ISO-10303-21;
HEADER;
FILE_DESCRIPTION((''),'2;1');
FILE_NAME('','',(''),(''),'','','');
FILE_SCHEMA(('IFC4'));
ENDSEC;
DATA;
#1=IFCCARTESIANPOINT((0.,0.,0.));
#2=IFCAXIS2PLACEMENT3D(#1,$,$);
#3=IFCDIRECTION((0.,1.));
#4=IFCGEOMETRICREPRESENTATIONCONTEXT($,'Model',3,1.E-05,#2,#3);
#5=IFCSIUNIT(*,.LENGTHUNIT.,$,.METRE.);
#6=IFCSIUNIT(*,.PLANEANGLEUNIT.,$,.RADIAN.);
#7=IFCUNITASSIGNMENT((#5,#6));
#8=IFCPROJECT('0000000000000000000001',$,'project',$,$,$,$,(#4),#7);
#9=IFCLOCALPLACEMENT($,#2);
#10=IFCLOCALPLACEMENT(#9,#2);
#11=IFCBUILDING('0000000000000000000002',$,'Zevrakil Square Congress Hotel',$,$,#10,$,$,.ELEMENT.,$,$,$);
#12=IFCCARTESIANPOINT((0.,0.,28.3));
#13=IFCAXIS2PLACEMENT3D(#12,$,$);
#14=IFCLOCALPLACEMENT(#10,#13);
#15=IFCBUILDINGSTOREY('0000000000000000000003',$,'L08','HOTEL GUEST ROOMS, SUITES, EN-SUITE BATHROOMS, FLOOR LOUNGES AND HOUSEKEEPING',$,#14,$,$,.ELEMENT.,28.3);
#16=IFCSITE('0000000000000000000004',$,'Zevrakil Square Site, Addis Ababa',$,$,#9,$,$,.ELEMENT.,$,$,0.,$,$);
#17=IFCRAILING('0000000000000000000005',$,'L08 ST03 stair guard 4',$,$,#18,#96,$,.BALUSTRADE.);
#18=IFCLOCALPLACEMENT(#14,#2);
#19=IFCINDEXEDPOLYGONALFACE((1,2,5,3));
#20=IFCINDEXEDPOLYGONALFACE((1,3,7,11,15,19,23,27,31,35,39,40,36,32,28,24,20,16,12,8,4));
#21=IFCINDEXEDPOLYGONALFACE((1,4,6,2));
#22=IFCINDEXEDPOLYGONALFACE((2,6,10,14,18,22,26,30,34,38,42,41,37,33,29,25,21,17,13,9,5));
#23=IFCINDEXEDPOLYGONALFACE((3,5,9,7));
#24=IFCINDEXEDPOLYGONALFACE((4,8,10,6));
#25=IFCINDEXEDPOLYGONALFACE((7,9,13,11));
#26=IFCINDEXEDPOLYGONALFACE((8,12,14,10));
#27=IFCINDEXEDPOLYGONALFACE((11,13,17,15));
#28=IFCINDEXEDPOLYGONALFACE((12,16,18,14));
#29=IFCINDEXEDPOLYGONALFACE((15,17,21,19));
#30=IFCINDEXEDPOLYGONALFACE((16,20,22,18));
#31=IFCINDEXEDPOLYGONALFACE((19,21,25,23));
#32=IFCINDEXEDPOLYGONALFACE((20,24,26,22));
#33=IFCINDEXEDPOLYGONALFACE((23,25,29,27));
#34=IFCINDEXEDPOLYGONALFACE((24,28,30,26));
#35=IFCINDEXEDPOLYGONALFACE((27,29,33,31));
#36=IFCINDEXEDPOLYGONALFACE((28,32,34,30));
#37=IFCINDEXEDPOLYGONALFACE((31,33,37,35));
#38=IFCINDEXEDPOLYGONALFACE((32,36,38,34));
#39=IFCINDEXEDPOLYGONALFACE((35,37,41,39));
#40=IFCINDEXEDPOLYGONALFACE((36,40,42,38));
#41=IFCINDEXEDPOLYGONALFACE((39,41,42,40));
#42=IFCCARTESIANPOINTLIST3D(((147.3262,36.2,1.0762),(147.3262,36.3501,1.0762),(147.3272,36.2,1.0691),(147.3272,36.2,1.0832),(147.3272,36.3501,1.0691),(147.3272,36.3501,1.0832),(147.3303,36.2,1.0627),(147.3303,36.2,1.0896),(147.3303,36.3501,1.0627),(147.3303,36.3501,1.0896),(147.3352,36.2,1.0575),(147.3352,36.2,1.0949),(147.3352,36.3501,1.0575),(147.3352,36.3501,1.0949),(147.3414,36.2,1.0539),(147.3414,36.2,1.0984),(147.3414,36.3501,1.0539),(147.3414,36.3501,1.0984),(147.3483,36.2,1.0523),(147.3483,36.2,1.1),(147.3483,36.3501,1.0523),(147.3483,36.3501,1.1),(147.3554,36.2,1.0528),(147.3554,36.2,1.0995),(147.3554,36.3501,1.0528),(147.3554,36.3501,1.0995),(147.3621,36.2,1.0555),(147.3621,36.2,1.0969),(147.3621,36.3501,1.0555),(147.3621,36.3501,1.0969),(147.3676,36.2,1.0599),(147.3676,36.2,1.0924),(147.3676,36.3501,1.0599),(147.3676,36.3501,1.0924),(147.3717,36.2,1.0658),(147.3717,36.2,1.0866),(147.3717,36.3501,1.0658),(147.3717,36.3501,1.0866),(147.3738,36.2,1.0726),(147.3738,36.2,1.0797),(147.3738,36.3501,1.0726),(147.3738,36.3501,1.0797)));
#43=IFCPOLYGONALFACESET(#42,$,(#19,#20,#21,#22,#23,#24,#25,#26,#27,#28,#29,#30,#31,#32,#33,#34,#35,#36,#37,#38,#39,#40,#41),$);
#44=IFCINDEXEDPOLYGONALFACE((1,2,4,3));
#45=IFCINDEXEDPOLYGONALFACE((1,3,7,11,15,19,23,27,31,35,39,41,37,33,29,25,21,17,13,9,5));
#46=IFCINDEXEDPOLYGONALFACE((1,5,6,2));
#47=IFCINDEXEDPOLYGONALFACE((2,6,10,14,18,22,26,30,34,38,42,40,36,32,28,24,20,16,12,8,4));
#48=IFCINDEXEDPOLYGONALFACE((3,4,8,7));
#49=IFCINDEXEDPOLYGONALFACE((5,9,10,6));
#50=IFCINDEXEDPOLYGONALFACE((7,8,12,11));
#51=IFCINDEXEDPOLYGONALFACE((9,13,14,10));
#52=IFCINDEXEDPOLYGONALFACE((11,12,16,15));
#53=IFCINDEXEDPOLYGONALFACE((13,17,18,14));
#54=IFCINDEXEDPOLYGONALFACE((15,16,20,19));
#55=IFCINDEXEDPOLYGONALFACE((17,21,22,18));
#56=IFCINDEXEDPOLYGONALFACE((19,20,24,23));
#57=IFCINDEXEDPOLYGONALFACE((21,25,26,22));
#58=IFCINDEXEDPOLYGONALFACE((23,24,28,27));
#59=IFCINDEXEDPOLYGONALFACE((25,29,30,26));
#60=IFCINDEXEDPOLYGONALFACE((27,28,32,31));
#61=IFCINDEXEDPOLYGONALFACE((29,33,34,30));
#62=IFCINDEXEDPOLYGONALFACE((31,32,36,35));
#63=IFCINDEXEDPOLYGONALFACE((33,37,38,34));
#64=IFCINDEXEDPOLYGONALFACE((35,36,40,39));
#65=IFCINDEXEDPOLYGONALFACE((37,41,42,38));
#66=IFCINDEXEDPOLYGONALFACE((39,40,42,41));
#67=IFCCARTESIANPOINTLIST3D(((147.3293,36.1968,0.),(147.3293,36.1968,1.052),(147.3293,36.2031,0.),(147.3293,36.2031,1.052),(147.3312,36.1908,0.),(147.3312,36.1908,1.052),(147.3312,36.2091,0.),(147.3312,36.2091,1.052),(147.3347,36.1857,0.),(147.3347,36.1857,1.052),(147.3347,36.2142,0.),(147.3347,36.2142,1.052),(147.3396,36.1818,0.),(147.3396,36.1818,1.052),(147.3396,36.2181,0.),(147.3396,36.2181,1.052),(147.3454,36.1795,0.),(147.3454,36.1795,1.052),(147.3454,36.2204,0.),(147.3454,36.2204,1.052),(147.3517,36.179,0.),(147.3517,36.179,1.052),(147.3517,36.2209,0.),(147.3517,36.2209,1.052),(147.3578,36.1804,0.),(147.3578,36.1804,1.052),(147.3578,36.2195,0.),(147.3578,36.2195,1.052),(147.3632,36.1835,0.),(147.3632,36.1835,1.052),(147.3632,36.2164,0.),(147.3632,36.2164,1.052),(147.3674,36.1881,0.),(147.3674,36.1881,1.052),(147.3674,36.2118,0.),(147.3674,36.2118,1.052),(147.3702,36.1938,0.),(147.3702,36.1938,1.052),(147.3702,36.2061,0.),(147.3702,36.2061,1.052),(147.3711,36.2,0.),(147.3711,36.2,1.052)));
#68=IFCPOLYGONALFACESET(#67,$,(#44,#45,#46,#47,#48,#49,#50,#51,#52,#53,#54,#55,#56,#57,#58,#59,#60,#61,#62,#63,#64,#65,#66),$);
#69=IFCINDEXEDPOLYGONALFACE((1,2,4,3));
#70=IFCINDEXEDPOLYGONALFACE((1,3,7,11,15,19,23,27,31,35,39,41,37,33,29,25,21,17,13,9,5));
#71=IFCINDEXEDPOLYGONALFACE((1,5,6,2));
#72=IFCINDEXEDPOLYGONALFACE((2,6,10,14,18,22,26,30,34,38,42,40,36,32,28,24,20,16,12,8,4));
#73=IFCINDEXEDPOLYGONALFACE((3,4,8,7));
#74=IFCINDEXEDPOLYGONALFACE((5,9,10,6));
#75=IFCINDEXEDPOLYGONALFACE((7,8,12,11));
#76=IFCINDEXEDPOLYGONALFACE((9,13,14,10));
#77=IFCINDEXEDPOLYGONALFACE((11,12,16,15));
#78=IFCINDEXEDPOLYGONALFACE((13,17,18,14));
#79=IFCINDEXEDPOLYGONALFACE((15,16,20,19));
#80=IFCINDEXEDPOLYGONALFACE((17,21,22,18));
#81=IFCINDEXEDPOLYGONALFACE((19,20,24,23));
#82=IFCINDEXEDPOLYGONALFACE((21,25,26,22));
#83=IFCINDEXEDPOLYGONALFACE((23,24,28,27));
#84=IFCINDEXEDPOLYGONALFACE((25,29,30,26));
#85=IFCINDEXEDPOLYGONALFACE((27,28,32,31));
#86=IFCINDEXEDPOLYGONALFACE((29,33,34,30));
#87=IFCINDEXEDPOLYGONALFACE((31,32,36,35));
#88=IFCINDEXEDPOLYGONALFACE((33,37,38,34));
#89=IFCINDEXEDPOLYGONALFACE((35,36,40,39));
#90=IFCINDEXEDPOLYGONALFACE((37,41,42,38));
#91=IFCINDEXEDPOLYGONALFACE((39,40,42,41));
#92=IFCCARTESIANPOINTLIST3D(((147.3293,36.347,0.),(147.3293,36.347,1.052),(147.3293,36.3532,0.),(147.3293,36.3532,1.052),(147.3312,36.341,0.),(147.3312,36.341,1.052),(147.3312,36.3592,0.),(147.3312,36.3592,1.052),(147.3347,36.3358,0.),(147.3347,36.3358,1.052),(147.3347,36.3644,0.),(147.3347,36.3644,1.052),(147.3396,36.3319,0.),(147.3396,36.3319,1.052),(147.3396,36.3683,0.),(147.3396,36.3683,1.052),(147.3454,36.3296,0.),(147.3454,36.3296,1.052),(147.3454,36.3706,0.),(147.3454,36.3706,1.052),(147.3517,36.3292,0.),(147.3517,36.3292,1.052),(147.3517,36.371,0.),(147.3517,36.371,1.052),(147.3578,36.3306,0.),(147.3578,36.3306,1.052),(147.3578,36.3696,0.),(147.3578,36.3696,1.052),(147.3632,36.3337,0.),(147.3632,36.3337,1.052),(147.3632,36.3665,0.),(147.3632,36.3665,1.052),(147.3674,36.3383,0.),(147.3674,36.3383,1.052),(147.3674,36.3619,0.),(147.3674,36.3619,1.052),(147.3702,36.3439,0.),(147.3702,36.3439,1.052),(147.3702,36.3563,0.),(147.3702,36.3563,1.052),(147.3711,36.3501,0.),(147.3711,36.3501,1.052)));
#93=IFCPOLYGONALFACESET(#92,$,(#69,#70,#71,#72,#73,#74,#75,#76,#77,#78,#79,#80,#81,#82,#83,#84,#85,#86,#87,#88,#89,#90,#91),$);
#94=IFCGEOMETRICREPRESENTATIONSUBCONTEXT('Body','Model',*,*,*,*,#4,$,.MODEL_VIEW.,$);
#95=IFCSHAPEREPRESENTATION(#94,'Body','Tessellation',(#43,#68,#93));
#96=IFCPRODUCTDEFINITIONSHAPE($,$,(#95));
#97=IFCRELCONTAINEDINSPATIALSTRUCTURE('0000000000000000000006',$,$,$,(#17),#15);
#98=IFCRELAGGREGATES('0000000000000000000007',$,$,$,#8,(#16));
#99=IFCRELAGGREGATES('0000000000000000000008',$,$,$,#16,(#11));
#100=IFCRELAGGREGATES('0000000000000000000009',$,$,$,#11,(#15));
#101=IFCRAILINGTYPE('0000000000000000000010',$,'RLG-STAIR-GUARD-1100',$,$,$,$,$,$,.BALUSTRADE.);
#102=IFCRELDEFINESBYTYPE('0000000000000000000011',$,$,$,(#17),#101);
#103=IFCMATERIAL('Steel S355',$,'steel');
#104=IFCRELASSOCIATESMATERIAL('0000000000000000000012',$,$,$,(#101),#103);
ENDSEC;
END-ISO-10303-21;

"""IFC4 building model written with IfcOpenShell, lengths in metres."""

from ifc_helpers import new_model, si_unit, direction, frame, origin, origin_2d, place, context, subcontext, project, spatial, circle, extrude, material, type_object, element, save


model = new_model("IFC4")

# Units and contexts
model_context = context("Model", 3, precision=1e-05, world=origin(), true_north=direction((0.0, 1.0)))
body_context = subcontext(model_context, "Body", "Model", "MODEL_VIEW")
ifc_project = project(units=[si_unit("LENGTHUNIT", "METRE"), si_unit("PLANEANGLEUNIT", "RADIAN")], contexts=[model_context])

# Site, building, storey
site_placement = place(None, origin())
site = spatial("IfcSite", under=ifc_project, at=site_placement, Name="Zevrakil Square Site, Addis Ababa", CompositionType="ELEMENT", RefElevation=0.0)
building_placement = place(site_placement, origin())
building = spatial("IfcBuilding", under=site, at=building_placement, Name="Zevrakil Square Congress Hotel", CompositionType="ELEMENT")
storey_placement = place(building_placement, frame((0.0, 0.0, 28.3)))
storey = spatial("IfcBuildingStorey", under=building, at=storey_placement, Name="L08", Description="HOTEL GUEST ROOMS, SUITES, EN-SUITE BATHROOMS, FLOOR LOUNGES AND HOUSEKEEPING", CompositionType="ELEMENT", Elevation=28.3)

# Railing
ifc_material_1 = material(Name="Steel S355", Category="steel")
railing_type_1 = type_object("IfcRailingType", Name="RLG-STAIR-GUARD-1100", PredefinedType="BALUSTRADE", material=ifc_material_1)
railing_1_placement = place(storey_placement, frame((147.3501, 36.2, 0.0)))
element("IfcRailing", 1, at=railing_1_placement, inside=storey, type_object=railing_type_1, Name="L08 ST03 stair guard 4", PredefinedType="BALUSTRADE", context=body_context, shape_type="SweptSolid", body=[
    extrude(circle(Radius=0.0239, at=origin_2d()), frame((0.0, 0.0, 1.0762), z_axis=(0.0, 1.0, 0.0), x_axis=(-1.0, 0.0, 0.0)), (0.0, 0.0, 1.0), 0.1501),
    extrude(circle(Radius=0.021, at=origin_2d()), origin(), (0.0, 0.0, 1.0), 1.052),
    extrude(circle(Radius=0.021, at=origin_2d()), frame((0.0, 0.1501, 0.0)), (0.0, 0.0, 1.0), 1.052),
])

save(model, "model.ifc")
